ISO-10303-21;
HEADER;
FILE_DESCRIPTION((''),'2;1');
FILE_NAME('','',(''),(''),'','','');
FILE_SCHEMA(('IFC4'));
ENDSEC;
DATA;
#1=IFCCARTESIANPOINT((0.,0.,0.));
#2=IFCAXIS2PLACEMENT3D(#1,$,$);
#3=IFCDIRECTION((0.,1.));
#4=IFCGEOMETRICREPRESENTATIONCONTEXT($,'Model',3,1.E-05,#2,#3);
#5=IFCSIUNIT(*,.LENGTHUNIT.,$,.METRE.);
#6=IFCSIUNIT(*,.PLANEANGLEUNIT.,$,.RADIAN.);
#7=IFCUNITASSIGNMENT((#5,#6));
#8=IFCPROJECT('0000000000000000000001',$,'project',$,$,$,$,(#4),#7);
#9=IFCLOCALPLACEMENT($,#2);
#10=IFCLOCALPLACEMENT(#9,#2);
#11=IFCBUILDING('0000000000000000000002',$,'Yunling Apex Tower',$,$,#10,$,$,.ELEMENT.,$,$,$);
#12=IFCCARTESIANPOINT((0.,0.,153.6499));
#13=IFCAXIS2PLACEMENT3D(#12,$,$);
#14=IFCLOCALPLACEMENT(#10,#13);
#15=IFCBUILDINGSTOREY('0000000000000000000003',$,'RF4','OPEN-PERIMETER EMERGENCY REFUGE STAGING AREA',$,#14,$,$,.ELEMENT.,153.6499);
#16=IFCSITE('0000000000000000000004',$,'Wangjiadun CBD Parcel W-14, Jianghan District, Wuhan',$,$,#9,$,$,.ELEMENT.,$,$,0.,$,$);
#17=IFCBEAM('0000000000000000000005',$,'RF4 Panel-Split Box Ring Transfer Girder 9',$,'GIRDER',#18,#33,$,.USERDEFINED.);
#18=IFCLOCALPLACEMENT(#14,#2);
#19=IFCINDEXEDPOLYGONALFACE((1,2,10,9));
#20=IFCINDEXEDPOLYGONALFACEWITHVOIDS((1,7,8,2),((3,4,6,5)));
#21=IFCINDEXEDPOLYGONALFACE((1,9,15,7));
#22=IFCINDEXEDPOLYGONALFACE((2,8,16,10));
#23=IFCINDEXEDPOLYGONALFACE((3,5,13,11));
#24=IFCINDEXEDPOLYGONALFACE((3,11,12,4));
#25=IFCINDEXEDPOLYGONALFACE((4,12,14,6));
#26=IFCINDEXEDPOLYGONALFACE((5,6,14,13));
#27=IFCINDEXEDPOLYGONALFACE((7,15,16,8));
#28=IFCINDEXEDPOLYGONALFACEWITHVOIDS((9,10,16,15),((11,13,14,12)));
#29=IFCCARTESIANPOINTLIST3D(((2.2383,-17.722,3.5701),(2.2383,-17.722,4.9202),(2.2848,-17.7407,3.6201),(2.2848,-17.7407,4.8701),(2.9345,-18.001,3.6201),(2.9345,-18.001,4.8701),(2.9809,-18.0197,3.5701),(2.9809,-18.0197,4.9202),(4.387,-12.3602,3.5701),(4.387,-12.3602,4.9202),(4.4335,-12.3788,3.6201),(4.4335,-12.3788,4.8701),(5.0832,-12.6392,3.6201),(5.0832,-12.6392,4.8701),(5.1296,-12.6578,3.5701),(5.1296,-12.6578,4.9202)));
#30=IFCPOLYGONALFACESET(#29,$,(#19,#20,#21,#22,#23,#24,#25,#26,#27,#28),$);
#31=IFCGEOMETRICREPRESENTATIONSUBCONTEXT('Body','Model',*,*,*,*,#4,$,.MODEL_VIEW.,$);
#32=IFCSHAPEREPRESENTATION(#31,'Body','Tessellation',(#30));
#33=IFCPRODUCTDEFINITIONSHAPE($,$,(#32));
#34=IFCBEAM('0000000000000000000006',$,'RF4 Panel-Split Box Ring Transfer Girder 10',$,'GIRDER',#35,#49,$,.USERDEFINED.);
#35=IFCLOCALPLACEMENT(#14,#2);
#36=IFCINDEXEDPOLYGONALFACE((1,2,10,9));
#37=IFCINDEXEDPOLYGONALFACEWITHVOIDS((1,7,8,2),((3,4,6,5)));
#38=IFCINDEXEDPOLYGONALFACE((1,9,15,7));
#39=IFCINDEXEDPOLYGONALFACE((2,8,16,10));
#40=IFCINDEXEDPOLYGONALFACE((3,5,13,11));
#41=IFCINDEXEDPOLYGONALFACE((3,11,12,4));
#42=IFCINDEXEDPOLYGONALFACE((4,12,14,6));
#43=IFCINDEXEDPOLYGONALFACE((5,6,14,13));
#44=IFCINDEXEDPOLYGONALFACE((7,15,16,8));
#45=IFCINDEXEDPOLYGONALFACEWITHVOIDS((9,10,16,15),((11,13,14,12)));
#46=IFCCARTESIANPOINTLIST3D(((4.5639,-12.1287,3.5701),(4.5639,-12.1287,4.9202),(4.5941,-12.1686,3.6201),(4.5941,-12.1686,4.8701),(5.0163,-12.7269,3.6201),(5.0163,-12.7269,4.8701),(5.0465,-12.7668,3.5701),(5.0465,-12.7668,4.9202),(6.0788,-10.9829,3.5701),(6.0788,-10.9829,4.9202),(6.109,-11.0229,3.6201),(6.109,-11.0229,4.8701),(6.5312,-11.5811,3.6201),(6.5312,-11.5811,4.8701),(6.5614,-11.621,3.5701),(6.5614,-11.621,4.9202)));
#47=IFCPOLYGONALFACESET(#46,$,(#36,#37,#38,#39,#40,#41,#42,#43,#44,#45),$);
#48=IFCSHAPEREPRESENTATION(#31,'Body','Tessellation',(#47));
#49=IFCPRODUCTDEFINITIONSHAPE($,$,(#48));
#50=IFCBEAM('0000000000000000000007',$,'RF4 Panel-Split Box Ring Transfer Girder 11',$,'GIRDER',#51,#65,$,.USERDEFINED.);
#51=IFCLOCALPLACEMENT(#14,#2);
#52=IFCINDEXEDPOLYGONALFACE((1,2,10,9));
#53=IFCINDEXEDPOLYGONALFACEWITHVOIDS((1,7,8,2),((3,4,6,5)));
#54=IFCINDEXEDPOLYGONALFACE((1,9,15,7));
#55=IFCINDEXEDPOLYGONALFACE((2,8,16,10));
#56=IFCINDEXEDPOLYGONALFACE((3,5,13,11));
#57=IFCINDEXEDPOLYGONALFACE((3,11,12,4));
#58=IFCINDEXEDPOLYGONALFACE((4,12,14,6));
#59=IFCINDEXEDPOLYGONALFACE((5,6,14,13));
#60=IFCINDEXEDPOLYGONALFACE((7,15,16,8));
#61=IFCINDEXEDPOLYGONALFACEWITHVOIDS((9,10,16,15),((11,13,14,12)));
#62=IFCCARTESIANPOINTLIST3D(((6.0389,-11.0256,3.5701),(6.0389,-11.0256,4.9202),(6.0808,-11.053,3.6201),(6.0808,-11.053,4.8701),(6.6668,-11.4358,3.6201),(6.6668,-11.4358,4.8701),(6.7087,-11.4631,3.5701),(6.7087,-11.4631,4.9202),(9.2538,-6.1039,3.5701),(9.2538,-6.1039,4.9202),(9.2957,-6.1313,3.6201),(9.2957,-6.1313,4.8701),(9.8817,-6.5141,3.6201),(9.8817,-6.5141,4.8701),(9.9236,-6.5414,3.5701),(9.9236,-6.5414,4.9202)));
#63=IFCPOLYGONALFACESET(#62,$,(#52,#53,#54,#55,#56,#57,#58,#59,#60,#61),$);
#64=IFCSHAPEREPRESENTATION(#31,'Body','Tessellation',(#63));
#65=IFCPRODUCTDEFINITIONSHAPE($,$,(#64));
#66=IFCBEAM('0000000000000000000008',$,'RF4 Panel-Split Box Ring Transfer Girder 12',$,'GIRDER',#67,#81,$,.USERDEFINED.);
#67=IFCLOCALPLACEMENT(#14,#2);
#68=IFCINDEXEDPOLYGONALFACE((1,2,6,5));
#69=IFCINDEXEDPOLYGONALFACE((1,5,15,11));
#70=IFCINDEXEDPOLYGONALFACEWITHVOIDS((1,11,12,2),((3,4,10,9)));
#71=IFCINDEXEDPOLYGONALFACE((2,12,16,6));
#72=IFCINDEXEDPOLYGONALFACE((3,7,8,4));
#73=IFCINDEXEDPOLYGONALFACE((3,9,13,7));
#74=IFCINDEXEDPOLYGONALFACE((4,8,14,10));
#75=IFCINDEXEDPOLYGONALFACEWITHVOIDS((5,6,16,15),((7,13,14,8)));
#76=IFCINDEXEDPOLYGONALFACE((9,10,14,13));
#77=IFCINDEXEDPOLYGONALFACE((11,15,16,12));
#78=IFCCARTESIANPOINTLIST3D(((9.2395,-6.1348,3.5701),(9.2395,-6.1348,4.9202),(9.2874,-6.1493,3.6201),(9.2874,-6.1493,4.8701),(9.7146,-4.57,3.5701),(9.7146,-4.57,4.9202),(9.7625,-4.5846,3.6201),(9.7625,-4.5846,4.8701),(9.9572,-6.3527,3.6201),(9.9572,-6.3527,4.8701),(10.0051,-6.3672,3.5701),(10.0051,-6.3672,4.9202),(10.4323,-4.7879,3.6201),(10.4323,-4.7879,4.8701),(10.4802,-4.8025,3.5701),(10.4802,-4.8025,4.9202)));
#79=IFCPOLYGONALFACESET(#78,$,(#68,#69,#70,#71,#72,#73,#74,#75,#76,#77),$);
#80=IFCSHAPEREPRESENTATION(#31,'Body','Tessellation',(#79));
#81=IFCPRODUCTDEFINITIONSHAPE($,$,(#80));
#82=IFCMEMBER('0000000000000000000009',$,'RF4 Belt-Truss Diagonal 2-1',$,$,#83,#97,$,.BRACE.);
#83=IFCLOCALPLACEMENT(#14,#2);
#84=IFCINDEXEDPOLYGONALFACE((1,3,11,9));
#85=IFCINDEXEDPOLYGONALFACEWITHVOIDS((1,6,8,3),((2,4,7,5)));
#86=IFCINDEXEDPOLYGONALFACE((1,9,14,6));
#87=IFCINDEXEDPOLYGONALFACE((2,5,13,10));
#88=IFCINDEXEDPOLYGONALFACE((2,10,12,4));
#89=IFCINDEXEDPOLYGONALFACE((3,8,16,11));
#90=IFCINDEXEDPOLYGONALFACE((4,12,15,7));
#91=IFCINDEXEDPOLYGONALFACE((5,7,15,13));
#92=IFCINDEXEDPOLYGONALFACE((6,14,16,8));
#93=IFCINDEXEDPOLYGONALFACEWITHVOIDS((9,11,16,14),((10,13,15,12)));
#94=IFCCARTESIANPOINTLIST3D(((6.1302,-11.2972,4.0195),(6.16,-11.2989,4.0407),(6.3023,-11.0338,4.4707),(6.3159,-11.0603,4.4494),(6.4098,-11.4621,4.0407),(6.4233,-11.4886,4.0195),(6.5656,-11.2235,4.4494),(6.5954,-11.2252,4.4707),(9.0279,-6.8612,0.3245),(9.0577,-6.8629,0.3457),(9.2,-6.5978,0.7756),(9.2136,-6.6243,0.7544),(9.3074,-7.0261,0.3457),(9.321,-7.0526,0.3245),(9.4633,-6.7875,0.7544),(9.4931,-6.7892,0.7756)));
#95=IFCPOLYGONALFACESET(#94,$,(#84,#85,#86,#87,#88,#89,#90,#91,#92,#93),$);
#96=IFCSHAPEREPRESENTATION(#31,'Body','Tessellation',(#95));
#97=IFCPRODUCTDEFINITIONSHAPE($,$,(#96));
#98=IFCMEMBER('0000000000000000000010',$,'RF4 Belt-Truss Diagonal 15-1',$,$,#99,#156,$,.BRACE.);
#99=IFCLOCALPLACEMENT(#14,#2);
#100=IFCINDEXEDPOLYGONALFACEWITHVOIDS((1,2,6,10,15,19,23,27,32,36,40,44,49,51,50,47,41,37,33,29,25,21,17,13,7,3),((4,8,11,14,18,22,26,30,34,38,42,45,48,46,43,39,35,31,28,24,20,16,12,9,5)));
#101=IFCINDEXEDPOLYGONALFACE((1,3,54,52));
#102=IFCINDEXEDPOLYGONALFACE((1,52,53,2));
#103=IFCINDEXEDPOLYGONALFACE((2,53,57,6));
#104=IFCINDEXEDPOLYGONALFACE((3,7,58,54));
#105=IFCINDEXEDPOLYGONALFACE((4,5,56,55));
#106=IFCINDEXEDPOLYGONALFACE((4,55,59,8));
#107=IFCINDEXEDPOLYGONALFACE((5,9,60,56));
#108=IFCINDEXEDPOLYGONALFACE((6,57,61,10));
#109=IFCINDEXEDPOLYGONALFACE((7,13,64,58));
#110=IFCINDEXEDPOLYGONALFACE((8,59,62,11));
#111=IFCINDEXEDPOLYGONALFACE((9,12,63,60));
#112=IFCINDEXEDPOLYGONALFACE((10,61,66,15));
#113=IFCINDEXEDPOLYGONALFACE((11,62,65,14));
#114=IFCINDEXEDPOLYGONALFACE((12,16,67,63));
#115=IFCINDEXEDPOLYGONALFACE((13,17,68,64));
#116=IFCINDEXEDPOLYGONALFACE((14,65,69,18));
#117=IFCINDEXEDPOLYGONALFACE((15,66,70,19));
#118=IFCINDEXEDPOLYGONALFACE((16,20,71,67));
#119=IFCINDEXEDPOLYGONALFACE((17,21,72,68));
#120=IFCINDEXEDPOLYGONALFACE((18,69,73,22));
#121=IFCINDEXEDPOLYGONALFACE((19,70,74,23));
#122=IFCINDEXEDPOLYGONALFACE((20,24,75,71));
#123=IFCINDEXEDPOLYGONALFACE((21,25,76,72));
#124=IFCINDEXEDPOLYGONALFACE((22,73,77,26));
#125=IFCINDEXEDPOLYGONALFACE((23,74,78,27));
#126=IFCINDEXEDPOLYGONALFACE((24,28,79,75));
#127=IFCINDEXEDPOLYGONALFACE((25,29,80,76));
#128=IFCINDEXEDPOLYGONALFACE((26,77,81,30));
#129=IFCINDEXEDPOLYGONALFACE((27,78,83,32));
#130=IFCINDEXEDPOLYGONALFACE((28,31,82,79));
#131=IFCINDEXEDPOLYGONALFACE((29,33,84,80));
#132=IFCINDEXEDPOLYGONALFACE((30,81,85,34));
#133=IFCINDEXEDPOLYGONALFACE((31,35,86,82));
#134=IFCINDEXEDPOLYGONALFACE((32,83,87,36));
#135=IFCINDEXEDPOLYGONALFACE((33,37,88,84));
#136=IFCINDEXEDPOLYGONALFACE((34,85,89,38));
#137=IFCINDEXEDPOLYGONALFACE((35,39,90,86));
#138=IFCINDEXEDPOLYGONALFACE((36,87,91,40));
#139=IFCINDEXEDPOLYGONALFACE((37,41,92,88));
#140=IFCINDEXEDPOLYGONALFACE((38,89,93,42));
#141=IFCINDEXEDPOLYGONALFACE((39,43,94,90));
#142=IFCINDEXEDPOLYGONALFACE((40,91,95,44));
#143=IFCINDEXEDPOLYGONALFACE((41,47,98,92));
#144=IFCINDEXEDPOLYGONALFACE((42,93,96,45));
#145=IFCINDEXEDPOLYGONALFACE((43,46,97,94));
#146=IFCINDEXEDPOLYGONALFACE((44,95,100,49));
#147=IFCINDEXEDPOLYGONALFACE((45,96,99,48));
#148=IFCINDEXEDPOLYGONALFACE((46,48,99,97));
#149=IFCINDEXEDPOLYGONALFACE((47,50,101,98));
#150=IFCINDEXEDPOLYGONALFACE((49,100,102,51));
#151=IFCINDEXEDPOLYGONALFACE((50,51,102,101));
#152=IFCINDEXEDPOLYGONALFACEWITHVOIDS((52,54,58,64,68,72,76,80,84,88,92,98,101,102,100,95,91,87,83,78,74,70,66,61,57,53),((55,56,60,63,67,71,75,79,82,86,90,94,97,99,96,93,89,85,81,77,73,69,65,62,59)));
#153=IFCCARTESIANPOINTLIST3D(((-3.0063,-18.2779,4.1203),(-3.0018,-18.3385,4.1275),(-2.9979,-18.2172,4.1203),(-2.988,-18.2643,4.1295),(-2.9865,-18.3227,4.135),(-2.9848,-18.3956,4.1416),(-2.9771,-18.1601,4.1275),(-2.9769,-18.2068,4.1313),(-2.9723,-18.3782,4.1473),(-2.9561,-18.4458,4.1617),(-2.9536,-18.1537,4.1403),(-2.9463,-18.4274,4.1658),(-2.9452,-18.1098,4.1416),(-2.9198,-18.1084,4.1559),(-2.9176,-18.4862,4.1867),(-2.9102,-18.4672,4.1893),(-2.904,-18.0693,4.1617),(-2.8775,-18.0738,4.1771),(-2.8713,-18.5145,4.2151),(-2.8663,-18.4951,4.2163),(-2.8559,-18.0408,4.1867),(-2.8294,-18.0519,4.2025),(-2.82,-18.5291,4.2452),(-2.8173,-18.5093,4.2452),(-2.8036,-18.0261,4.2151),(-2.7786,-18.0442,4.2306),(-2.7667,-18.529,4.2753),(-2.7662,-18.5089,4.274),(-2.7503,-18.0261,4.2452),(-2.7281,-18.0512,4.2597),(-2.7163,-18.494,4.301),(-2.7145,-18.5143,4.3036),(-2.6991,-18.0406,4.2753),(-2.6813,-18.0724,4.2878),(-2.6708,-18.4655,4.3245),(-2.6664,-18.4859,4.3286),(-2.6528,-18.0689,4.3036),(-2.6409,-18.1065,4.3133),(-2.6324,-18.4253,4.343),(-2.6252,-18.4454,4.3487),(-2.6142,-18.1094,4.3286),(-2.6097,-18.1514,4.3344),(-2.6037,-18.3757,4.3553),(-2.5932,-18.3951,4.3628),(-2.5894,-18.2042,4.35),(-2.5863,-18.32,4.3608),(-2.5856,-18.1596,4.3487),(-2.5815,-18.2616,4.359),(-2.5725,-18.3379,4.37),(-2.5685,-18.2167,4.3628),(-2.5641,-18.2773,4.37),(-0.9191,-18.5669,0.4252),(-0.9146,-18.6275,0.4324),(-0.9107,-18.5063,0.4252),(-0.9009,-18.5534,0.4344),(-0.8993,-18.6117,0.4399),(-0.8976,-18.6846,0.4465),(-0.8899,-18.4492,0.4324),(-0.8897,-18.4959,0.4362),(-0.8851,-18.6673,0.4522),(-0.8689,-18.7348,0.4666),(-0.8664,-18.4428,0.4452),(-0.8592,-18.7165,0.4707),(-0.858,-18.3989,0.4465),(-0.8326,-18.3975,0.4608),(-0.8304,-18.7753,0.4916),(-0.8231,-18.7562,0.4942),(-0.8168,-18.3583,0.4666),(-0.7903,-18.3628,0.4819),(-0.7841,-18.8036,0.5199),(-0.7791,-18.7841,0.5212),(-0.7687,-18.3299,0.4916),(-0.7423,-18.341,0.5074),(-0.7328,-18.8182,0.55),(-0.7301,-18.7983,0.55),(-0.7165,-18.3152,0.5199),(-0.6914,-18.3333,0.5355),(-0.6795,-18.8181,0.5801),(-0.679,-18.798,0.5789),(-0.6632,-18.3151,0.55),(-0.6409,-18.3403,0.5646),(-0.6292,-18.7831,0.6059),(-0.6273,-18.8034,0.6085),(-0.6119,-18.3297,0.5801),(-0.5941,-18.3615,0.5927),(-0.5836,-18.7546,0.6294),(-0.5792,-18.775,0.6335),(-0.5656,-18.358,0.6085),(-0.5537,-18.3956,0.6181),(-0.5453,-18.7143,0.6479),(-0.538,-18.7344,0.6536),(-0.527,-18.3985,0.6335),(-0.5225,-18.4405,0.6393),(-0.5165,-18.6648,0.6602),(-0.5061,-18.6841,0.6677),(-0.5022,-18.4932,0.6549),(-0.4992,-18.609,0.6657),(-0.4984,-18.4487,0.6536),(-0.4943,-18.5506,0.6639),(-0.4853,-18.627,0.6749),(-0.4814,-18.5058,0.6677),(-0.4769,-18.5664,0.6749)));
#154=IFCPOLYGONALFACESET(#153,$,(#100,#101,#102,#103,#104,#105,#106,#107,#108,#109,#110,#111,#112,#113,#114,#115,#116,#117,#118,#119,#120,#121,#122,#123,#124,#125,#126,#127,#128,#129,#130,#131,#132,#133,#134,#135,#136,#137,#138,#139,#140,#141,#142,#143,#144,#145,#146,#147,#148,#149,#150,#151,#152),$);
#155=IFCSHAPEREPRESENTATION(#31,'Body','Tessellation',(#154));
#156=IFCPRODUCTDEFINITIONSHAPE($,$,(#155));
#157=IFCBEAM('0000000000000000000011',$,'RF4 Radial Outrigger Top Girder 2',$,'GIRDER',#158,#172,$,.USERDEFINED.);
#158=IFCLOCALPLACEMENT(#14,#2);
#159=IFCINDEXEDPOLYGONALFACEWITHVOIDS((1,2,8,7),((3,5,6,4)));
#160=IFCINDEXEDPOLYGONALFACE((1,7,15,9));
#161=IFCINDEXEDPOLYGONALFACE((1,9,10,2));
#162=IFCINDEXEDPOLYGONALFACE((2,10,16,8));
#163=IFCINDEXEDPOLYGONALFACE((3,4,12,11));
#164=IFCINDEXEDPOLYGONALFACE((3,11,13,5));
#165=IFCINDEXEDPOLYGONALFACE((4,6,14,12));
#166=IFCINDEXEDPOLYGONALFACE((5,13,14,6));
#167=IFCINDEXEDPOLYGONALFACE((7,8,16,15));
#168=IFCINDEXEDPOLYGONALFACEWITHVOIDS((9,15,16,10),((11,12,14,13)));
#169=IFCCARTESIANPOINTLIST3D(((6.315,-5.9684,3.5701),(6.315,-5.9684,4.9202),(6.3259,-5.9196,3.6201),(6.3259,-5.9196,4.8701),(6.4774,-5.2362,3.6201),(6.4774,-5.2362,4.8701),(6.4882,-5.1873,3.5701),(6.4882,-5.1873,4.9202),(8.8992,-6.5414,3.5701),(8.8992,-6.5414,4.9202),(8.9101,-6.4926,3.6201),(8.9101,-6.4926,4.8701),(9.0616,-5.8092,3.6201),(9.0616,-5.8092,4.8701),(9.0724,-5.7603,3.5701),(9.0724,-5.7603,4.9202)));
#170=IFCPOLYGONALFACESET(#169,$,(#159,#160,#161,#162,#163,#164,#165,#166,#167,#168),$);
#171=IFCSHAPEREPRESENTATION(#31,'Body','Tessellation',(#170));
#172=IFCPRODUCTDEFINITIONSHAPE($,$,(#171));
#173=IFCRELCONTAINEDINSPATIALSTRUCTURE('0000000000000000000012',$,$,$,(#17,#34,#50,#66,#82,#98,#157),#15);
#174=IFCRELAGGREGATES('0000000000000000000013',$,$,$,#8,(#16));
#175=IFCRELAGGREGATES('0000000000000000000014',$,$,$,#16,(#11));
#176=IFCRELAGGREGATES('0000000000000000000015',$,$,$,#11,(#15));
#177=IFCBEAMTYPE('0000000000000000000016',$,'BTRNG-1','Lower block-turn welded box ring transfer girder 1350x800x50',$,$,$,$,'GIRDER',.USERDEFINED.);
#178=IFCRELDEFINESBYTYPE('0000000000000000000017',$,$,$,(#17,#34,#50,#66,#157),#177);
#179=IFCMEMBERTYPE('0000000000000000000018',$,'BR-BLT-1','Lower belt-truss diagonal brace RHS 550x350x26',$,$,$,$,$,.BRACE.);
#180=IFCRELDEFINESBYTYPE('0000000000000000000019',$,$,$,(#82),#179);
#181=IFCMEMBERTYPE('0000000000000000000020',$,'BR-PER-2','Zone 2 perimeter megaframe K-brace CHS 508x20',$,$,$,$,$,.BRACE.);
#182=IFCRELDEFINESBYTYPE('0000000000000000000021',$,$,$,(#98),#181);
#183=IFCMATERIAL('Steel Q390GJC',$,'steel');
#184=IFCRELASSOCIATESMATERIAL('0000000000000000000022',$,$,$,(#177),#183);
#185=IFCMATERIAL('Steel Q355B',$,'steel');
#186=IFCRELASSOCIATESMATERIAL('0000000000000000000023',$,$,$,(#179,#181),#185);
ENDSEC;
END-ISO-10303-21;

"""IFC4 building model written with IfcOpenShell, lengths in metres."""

from ifc_helpers import new_model, si_unit, direction, frame, origin, origin_2d, place, context, subcontext, project, spatial, hollow_rectangle, hollow_circle, extrude, source, transform, mapped, material, material_profile, profile_set, type_object, element, save


model = new_model("IFC4")

# Units and contexts
model_context = context("Model", 3, precision=1e-05, world=origin(), true_north=direction((0.0, 1.0)))
body_context = subcontext(model_context, "Body", "Model", "MODEL_VIEW")
ifc_project = project(units=[si_unit("LENGTHUNIT", "METRE"), si_unit("PLANEANGLEUNIT", "RADIAN")], contexts=[model_context])

# Site, building, storey
site_placement = place(None, origin())
site = spatial("IfcSite", under=ifc_project, at=site_placement, Name="Wangjiadun CBD Parcel W-14, Jianghan District, Wuhan", CompositionType="ELEMENT", RefElevation=0.0)
building_placement = place(site_placement, origin())
building = spatial("IfcBuilding", under=site, at=building_placement, Name="Yunling Apex Tower", CompositionType="ELEMENT")
storey_placement = place(building_placement, frame((0.0, 0.0, 153.6499)))
storey = spatial("IfcBuildingStorey", under=building, at=storey_placement, Name="RF4", Description="OPEN-PERIMETER EMERGENCY REFUGE STAGING AREA", CompositionType="ELEMENT", Elevation=153.6499)

# Shared definitions
ifc_material_1 = material(Name="Steel Q390GJC", Category="steel")

# Beams
ifc_material_profile_1 = material_profile(ifc_material_1, hollow_rectangle(XDim=0.8, YDim=1.3501, WallThickness=0.05, at=origin_2d()))
ifc_profile_set_1 = profile_set([ifc_material_profile_1], Name="Steel Q390GJC")
beam_type = type_object("IfcBeamType", Name="BTRNG-1", Description="Lower block-turn welded box ring transfer girder 1350x800x50", ElementType="GIRDER", PredefinedType="USERDEFINED", material=ifc_profile_set_1)
shared_shape_1 = source(origin(), body_context, "Body", "SweptSolid", [
    extrude(hollow_rectangle(XDim=0.8, YDim=1.3501, WallThickness=0.05, at=origin_2d()), origin(), (0.0, 0.0, 1.0), 5.7764),
])
beam_1_placement = place(storey_placement, frame((2.6096, -17.8708, 4.2451), z_axis=(0.371981, 0.92824, 0.0), x_axis=(-0.92824, 0.371981, 0.0)))
element("IfcBeam", 1, at=beam_1_placement, inside=storey, type_object=beam_type, Name="RF4 Panel-Split Box Ring Transfer Girder 9", ObjectType="GIRDER", PredefinedType="USERDEFINED", context=body_context, shape_type="MappedRepresentation", body=[
    mapped(shared_shape_1, transform((0.0, 0.0, 0.0), scale=1.0)),
])
shared_shape_2 = source(origin(), body_context, "Body", "SweptSolid", [
    extrude(hollow_rectangle(XDim=0.8, YDim=1.3501, WallThickness=0.05, at=origin_2d()), origin(), (0.0, 0.0, 1.0), 1.8994),
])
beam_2_placement = place(storey_placement, frame((4.8052, -12.4478, 4.2451), z_axis=(0.797572, 0.603224, 0.0), x_axis=(-0.603224, 0.797572, 0.0)))
element("IfcBeam", 2, at=beam_2_placement, inside=storey, type_object=beam_type, Name="RF4 Panel-Split Box Ring Transfer Girder 10", ObjectType="GIRDER", PredefinedType="USERDEFINED", context=body_context, shape_type="MappedRepresentation", body=[
    mapped(shared_shape_2, transform((0.0, 0.0, 0.0), scale=1.0)),
])
shared_shape_3 = source(origin(), body_context, "Body", "SweptSolid", [
    extrude(hollow_rectangle(XDim=0.8, YDim=1.3501, WallThickness=0.05, at=origin_2d()), origin(), (0.0, 0.0, 1.0), 5.8787),
])
beam_3_placement = place(storey_placement, frame((6.3738, -11.2444, 4.2451), z_axis=(0.546874, 0.837215, 0.0), x_axis=(-0.837215, 0.546874, 0.0)))
element("IfcBeam", 3, at=beam_3_placement, inside=storey, type_object=beam_type, Name="RF4 Panel-Split Box Ring Transfer Girder 11", ObjectType="GIRDER", PredefinedType="USERDEFINED", context=body_context, shape_type="MappedRepresentation", body=[
    mapped(shared_shape_3, transform((0.0, 0.0, 0.0), scale=1.0)),
])
shared_shape_4 = source(origin(), body_context, "Body", "SweptSolid", [
    extrude(hollow_rectangle(XDim=0.8, YDim=1.3501, WallThickness=0.05, at=origin_2d()), origin(), (0.0, 0.0, 1.0), 1.6353),
])
beam_4_placement = place(storey_placement, frame((9.6223, -6.251, 4.2451), z_axis=(0.290538, 0.956864, 0.0), x_axis=(-0.956864, 0.290538, 0.0)))
element("IfcBeam", 4, at=beam_4_placement, inside=storey, type_object=beam_type, Name="RF4 Panel-Split Box Ring Transfer Girder 12", ObjectType="GIRDER", PredefinedType="USERDEFINED", context=body_context, shape_type="MappedRepresentation", body=[
    mapped(shared_shape_4, transform((0.0, 0.0, 0.0), scale=1.0)),
])

# Members
ifc_material_2 = material(Name="Steel Q355B", Category="steel")
ifc_material_profile_2 = material_profile(ifc_material_2, hollow_rectangle(XDim=0.3501, YDim=0.55, WallThickness=0.0259, at=origin_2d()))
ifc_profile_set_2 = profile_set([ifc_material_profile_2], Name="Steel Q355B")
member_type_1 = type_object("IfcMemberType", Name="BR-BLT-1", Description="Lower belt-truss diagonal brace RHS 550x350x26", PredefinedType="BRACE", material=ifc_profile_set_2)
shared_shape_5 = source(origin(), body_context, "Body", "SweptSolid", [
    extrude(hollow_rectangle(XDim=0.3501, YDim=0.55, WallThickness=0.0259, at=origin_2d()), origin(), (0.0, 0.0, 1.0), 6.4597),
])
member_1_placement = place(storey_placement, frame((9.2605, -6.8252, 0.55), z_axis=(-0.448577, -0.686717, 0.572012), x_axis=(0.83721, -0.546882, 0.0)))
element("IfcMember", 5, at=member_1_placement, inside=storey, type_object=member_type_1, Name="RF4 Belt-Truss Diagonal 2-1", PredefinedType="BRACE", context=body_context, shape_type="MappedRepresentation", body=[
    mapped(shared_shape_5, transform((0.0, 0.0, 0.0), scale=1.0)),
])
ifc_material_profile_3 = material_profile(ifc_material_2, hollow_circle(Radius=0.2539, WallThickness=0.02, at=origin_2d()))
ifc_profile_set_3 = profile_set([ifc_material_profile_3], Name="Steel Q355B")
member_type_2 = type_object("IfcMemberType", Name="BR-PER-2", Description="Zone 2 perimeter megaframe K-brace CHS 508x20", PredefinedType="BRACE", material=ifc_profile_set_3)
shared_shape_6 = source(origin(), body_context, "Body", "SweptSolid", [
    extrude(hollow_circle(Radius=0.2539, WallThickness=0.02, at=origin_2d()), origin(), (0.0, 0.0, 1.0), 4.2537),
])
member_2_placement = place(storey_placement, frame((-0.698, -18.5667, 0.55), z_axis=(-0.490678, 0.067957, 0.868687), x_axis=(-0.137186, -0.990545, 0.0)))
element("IfcMember", 6, at=member_2_placement, inside=storey, type_object=member_type_2, Name="RF4 Belt-Truss Diagonal 15-1", PredefinedType="BRACE", context=body_context, shape_type="MappedRepresentation", body=[
    mapped(shared_shape_6, transform((0.0, 0.0, 0.0), scale=1.0)),
])

# Beam
shared_shape_7 = source(origin(), body_context, "Body", "SweptSolid", [
    extrude(hollow_rectangle(XDim=0.8, YDim=1.3501, WallThickness=0.05, at=origin_2d()), origin(), (0.0, 0.0, 1.0), 2.647),
])
beam_5_placement = place(storey_placement, frame((6.4016, -5.5779, 4.2451), z_axis=(0.976289, -0.216471, 0.0), x_axis=(0.216471, 0.976289, 0.0)))
element("IfcBeam", 7, at=beam_5_placement, inside=storey, type_object=beam_type, Name="RF4 Radial Outrigger Top Girder 2", ObjectType="GIRDER", PredefinedType="USERDEFINED", context=body_context, shape_type="MappedRepresentation", body=[
    mapped(shared_shape_7, transform((0.0, 0.0, 0.0), scale=1.0)),
])

save(model, "model.ifc")
